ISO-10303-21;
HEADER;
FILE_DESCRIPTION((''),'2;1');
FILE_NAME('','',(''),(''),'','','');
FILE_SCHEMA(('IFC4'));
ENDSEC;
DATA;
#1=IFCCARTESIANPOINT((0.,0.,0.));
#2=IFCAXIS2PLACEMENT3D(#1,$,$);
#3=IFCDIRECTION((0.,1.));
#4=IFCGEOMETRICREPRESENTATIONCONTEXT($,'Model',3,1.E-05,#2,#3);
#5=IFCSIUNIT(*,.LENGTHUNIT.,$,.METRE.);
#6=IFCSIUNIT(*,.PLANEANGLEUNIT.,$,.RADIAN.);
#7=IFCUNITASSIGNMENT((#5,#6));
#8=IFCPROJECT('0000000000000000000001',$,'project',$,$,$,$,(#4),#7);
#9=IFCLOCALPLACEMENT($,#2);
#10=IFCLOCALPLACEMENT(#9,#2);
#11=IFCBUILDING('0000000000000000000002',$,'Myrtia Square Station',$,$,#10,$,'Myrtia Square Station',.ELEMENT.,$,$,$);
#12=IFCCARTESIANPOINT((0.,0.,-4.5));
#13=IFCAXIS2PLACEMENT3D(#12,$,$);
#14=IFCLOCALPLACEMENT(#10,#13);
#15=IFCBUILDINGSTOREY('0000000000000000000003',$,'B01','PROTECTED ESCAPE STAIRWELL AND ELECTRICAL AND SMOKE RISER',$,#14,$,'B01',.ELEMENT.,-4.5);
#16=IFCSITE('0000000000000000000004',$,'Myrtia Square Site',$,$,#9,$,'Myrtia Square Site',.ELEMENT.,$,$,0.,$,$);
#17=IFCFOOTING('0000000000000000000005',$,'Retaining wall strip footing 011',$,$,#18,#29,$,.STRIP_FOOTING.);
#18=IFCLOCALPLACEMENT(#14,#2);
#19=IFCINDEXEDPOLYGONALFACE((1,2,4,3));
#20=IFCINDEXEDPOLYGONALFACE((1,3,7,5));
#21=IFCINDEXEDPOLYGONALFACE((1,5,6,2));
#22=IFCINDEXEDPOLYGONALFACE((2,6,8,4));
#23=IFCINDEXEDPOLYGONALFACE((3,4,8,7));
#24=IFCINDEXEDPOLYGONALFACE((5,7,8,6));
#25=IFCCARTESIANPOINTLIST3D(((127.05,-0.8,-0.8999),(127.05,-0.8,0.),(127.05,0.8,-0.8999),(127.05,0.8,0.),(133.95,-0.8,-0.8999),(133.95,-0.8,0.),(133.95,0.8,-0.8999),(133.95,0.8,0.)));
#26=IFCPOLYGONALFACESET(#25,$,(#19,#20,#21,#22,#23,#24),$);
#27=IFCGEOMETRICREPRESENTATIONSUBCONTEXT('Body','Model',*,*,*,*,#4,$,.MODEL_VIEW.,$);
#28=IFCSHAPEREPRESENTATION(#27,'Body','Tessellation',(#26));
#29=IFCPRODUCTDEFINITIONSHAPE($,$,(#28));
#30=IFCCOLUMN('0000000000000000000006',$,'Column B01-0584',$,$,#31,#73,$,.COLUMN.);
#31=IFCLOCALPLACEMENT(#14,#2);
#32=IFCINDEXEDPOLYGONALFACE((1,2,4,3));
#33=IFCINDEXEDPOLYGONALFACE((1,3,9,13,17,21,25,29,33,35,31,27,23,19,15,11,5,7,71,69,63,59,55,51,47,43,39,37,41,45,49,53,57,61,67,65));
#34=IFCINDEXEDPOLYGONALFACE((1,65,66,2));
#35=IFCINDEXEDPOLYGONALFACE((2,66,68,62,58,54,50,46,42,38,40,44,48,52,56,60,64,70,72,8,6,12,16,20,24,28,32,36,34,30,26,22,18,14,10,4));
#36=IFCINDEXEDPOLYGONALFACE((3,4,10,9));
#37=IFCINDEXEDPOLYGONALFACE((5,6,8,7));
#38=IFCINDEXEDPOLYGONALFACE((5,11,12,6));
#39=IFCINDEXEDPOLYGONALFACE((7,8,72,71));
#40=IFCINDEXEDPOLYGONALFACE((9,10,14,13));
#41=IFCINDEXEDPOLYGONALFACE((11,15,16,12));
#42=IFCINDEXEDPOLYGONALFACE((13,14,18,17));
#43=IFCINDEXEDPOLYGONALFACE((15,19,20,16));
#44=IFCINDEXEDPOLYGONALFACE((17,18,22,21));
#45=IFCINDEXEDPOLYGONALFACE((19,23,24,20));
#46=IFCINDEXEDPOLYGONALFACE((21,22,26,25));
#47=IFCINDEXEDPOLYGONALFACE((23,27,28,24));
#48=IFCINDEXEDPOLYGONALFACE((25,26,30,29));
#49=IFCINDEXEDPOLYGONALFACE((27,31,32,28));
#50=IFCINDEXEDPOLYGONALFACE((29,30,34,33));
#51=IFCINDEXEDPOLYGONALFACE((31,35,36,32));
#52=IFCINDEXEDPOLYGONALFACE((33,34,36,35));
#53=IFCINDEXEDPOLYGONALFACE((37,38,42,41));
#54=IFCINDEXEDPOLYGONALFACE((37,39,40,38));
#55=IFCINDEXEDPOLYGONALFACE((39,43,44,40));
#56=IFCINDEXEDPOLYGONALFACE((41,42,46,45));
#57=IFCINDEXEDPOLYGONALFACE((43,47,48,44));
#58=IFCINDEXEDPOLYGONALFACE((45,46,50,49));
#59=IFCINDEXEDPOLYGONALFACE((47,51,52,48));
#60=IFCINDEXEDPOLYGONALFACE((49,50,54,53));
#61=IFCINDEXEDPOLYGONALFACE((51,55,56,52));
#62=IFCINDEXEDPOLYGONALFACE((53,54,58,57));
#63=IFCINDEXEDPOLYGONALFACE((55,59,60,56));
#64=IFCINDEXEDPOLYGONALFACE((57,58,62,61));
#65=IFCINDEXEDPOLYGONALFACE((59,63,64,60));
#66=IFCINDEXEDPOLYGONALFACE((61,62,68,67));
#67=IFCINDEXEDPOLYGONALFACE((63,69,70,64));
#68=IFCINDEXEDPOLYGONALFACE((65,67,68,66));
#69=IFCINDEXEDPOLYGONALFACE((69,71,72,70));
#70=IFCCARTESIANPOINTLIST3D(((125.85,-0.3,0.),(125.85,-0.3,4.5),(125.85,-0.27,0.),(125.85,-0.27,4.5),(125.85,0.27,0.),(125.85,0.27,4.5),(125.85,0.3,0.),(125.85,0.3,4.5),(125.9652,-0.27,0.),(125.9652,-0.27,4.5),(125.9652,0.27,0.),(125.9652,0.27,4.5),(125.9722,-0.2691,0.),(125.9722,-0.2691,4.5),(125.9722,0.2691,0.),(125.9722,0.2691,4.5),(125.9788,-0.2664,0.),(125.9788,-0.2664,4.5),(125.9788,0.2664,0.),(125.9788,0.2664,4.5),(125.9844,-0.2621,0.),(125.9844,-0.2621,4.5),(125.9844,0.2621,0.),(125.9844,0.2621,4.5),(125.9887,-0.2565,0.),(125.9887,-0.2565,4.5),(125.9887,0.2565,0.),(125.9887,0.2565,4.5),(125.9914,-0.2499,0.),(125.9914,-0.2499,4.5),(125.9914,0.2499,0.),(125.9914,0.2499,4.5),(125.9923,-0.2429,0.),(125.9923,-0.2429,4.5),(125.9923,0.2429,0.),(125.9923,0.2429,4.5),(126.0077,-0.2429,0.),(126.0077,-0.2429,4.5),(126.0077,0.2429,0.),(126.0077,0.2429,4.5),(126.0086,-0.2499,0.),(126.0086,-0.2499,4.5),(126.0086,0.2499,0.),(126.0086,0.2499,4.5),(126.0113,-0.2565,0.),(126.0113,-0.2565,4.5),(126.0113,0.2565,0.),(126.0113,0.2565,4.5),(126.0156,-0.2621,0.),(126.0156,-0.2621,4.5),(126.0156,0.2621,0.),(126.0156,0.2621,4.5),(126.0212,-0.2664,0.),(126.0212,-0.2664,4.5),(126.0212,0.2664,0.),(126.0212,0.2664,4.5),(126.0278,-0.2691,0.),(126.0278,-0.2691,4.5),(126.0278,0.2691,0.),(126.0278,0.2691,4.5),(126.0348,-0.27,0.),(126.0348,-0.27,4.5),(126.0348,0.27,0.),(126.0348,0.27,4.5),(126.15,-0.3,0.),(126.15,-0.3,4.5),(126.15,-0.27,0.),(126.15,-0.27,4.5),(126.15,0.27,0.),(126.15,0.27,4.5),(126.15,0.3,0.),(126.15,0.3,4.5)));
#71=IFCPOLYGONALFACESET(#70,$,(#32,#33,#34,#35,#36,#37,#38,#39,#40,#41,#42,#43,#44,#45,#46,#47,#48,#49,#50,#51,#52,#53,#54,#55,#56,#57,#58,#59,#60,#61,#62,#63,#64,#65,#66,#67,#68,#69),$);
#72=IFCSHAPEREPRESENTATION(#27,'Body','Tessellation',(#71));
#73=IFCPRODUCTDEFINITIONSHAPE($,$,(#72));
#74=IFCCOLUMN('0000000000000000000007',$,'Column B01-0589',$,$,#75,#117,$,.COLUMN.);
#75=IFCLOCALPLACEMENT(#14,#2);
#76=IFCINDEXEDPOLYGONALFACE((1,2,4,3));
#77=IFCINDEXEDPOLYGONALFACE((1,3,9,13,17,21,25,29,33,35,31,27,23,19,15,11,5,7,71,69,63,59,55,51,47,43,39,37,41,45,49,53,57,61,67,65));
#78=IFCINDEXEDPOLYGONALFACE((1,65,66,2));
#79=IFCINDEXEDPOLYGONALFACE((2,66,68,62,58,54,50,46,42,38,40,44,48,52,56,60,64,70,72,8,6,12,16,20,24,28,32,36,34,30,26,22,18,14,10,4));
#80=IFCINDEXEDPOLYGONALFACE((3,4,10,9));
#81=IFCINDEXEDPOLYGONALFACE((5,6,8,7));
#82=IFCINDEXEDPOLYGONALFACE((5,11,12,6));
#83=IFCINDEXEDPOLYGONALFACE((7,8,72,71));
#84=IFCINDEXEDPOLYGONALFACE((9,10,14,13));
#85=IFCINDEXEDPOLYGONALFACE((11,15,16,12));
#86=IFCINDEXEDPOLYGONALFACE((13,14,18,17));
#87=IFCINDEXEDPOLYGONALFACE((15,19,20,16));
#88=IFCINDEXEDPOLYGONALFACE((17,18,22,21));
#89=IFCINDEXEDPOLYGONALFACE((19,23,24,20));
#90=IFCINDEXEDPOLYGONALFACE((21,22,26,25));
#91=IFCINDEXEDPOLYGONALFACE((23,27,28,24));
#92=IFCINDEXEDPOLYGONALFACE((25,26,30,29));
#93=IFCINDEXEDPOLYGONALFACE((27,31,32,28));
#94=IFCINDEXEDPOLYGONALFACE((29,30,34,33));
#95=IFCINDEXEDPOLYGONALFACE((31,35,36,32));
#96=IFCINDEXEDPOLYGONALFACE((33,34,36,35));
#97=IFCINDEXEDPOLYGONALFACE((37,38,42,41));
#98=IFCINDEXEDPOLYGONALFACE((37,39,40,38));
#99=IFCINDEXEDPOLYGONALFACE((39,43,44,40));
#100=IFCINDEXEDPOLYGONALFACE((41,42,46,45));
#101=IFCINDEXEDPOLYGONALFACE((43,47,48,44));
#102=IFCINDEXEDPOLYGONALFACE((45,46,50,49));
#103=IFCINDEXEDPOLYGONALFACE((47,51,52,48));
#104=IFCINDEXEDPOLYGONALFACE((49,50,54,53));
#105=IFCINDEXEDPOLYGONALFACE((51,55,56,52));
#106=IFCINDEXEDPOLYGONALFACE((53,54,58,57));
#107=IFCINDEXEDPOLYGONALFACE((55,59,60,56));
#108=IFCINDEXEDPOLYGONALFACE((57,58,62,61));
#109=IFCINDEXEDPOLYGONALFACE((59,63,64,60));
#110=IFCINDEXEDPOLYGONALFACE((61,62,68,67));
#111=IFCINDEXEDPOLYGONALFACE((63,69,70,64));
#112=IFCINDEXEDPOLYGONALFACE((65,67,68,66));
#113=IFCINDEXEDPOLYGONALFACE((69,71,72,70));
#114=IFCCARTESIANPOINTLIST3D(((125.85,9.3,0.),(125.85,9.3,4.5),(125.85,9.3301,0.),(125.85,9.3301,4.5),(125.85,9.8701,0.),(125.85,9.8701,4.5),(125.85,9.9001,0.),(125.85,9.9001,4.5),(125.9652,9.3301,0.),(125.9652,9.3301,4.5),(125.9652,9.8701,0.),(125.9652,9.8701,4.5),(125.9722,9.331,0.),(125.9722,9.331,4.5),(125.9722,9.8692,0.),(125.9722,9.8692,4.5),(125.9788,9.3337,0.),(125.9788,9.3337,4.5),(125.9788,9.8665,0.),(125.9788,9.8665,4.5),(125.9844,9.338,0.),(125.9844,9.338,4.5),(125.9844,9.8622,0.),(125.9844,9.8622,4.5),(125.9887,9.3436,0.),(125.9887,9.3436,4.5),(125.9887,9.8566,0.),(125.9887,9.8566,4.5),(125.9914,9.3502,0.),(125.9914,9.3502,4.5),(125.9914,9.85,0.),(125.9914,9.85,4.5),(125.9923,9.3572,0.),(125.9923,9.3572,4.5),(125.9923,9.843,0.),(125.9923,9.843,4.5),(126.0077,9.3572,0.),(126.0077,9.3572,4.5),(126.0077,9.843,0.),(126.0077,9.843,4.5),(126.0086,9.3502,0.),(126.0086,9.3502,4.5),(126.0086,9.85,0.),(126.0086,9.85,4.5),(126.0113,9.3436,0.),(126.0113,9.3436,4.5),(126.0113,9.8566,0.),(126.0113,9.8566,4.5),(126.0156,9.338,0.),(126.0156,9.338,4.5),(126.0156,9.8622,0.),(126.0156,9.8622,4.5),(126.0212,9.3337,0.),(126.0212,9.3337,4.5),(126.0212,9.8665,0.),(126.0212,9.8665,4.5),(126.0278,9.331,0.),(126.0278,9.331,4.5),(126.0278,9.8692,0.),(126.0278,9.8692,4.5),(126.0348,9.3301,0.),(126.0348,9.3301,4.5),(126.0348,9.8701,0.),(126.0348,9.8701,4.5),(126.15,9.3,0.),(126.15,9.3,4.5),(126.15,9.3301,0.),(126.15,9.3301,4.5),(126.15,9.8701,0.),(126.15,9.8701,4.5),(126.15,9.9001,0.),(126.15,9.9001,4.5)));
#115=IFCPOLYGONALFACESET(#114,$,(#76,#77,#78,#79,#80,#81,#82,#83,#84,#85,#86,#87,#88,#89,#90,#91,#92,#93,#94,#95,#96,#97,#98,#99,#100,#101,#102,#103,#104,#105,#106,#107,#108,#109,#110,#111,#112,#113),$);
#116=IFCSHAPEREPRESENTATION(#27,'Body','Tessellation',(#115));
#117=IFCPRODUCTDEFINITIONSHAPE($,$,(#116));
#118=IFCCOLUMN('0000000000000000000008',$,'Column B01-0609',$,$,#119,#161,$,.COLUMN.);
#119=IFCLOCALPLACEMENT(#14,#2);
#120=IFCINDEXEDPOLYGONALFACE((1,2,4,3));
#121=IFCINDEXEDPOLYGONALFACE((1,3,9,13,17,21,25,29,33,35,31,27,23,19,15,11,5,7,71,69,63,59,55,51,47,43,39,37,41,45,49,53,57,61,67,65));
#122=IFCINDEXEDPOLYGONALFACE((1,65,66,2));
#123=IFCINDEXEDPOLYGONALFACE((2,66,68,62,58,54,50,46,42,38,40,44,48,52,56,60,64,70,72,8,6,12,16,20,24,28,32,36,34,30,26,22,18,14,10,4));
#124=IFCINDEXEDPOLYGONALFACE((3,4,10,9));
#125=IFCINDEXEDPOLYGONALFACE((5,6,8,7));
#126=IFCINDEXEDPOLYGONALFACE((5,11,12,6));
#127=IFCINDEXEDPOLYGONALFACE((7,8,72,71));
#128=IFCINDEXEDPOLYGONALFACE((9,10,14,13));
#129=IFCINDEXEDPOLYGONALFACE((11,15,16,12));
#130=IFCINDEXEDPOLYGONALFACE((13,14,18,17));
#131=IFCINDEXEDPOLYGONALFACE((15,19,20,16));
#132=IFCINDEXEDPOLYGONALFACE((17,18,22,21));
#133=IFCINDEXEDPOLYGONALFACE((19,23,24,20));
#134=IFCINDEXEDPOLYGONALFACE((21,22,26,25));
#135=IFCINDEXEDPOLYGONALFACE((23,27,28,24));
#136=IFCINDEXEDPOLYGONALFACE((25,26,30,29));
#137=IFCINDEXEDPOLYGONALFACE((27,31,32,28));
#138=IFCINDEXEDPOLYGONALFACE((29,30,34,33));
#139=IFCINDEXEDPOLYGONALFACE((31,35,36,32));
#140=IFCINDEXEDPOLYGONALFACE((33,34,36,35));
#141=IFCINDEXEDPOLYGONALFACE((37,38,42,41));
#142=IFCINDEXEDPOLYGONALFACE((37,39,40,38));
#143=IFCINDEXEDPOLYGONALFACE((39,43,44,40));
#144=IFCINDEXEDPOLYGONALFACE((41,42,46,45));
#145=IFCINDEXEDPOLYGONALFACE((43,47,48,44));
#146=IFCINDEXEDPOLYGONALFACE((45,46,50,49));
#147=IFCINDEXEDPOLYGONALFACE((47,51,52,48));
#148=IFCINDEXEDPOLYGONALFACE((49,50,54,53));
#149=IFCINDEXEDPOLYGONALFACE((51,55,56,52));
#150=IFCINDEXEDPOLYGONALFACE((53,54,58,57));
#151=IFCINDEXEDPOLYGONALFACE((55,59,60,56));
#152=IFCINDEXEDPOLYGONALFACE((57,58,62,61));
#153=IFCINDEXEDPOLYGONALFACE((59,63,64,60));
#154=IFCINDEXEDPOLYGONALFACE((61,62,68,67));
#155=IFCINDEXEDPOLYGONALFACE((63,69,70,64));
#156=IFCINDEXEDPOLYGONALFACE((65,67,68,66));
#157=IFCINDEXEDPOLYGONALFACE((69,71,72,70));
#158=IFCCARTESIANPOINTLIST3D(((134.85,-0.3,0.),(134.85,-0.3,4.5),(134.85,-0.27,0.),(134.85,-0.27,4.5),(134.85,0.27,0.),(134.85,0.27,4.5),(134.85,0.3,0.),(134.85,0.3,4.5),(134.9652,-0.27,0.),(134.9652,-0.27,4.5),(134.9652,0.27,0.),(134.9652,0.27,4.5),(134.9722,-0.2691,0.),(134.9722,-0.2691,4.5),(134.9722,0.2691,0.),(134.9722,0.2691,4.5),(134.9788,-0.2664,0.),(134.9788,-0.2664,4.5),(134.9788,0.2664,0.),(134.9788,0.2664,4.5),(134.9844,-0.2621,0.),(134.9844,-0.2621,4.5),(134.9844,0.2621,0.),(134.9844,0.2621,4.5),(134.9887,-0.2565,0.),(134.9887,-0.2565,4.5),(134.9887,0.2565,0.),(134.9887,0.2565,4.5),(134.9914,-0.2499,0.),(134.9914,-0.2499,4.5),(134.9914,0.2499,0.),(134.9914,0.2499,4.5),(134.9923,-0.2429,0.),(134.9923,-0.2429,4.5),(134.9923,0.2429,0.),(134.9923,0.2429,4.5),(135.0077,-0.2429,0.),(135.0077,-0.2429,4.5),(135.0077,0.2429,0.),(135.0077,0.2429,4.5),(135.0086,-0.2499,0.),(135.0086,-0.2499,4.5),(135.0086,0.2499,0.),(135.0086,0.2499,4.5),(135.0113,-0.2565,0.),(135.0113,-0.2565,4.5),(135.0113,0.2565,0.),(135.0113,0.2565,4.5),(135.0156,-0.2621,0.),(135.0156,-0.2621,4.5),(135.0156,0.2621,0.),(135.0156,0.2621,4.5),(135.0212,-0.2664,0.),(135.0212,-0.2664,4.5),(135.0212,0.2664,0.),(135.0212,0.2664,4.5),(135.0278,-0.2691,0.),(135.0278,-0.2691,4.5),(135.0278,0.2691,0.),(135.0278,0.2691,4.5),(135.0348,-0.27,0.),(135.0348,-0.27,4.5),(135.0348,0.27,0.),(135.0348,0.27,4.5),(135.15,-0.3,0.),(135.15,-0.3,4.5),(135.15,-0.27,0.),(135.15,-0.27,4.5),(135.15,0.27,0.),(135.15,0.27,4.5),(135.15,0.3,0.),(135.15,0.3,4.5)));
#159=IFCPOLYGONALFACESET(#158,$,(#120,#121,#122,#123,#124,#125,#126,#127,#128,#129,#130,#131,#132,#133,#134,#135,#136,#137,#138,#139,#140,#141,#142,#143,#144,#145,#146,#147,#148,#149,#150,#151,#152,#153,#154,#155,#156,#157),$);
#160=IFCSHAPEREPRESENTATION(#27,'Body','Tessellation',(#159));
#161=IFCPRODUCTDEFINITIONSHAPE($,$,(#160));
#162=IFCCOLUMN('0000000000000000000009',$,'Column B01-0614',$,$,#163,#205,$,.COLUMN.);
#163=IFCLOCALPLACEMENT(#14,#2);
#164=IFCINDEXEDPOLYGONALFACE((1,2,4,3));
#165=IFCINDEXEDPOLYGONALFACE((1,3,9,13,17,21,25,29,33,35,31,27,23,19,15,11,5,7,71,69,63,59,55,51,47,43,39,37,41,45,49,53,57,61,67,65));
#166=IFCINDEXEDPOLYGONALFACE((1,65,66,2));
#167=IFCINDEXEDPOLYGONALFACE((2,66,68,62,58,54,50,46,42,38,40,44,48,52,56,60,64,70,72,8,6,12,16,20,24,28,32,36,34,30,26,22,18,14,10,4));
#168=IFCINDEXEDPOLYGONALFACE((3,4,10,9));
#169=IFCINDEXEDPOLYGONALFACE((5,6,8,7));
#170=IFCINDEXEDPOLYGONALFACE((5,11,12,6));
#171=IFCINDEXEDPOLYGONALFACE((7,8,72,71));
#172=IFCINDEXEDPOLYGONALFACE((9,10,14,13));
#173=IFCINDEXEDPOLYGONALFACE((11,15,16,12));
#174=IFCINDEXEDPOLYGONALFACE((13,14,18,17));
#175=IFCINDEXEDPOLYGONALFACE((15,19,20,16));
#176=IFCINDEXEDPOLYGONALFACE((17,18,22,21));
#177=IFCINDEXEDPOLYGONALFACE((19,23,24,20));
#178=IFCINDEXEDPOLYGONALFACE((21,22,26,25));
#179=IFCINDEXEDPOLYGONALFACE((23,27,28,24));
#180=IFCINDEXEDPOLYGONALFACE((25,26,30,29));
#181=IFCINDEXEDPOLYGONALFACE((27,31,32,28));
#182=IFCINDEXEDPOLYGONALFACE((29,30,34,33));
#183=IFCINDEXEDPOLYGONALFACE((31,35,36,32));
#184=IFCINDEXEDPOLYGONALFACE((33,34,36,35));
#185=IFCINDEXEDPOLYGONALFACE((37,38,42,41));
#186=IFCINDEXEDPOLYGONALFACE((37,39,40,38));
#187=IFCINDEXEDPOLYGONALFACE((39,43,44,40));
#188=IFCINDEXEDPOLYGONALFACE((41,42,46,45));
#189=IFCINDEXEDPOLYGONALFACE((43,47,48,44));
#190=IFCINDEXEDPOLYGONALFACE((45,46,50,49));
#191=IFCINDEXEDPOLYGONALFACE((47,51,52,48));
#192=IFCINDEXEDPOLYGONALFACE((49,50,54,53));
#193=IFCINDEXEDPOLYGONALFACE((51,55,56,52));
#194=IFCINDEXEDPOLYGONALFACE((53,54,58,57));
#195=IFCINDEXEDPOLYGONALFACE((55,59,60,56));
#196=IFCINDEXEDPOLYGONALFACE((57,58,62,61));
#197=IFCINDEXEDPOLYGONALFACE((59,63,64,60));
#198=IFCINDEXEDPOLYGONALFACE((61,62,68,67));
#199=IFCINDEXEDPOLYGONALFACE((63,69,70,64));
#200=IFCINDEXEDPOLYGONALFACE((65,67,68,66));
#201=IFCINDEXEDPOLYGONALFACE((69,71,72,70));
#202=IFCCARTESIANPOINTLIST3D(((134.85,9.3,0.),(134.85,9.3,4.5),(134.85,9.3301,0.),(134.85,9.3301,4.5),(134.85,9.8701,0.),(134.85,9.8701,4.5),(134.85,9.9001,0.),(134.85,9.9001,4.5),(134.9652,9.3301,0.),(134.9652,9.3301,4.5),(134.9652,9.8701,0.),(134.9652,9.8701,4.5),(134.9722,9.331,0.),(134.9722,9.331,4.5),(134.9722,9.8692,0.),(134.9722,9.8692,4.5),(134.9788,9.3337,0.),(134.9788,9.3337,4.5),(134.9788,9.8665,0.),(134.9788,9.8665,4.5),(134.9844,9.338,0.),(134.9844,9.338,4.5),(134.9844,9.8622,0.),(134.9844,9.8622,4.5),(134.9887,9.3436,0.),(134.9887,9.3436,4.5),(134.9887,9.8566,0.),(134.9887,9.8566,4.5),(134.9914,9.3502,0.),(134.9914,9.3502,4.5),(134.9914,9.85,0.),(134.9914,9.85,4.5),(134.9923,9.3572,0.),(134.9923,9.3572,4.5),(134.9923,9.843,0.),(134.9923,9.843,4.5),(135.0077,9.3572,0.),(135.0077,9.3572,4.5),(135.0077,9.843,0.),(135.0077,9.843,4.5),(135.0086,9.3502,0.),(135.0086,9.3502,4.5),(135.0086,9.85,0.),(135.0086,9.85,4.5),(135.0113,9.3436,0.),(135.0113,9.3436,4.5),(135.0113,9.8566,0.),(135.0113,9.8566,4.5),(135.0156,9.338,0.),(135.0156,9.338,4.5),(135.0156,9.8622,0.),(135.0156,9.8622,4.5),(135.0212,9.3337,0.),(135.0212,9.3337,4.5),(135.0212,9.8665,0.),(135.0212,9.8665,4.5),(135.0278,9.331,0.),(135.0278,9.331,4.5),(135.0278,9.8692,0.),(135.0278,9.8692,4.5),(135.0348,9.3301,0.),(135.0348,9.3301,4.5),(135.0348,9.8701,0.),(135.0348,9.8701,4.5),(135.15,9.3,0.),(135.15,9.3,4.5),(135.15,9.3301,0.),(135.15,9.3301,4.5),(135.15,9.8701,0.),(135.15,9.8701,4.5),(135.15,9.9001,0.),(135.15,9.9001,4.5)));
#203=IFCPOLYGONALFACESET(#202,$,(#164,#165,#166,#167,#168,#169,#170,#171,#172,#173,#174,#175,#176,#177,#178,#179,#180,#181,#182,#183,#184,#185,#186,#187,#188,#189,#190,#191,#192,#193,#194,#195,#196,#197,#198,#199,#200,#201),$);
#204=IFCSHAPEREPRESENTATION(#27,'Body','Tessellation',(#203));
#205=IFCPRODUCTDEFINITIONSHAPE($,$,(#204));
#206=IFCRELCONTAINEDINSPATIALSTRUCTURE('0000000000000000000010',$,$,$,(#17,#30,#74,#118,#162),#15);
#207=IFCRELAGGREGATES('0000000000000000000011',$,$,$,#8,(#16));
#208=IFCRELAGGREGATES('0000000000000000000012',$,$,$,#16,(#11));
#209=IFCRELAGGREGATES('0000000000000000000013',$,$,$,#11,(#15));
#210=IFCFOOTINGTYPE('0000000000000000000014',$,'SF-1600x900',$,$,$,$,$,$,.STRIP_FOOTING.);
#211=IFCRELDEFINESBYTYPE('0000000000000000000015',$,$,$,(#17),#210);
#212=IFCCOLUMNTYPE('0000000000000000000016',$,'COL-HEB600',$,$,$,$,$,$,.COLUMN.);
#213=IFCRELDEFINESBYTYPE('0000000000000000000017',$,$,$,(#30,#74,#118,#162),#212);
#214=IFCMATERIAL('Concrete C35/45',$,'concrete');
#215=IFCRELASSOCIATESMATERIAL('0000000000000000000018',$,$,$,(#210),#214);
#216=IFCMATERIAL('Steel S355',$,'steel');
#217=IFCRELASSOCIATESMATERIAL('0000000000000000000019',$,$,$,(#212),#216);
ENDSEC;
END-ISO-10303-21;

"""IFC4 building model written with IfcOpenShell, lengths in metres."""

from ifc_helpers import new_model, si_unit, direction, frame, origin, origin_2d, place, context, subcontext, project, spatial, rectangle, i_section, extrude, material, material_profile, profile_set, type_object, element, save


model = new_model("IFC4")

# Units and contexts
model_context = context("Model", 3, precision=1e-05, world=origin(), true_north=direction((0.0, 1.0)))
body_context = subcontext(model_context, "Body", "Model", "MODEL_VIEW")
ifc_project = project(units=[si_unit("LENGTHUNIT", "METRE"), si_unit("PLANEANGLEUNIT", "RADIAN")], contexts=[model_context])

# Site, building, storey
site_placement = place(None, origin())
site = spatial("IfcSite", under=ifc_project, at=site_placement, Name="Myrtia Square Site", LongName="Myrtia Square Site", CompositionType="ELEMENT", RefElevation=0.0)
building_placement = place(site_placement, origin())
building = spatial("IfcBuilding", under=site, at=building_placement, Name="Myrtia Square Station", LongName="Myrtia Square Station", CompositionType="ELEMENT")
storey_placement = place(building_placement, frame((0.0, 0.0, -4.5)))
storey = spatial("IfcBuildingStorey", under=building, at=storey_placement, Name="B01", Description="PROTECTED ESCAPE STAIRWELL AND ELECTRICAL AND SMOKE RISER", LongName="B01", CompositionType="ELEMENT", Elevation=-4.5)

# Shared definitions
ifc_material_1 = material(Name="Concrete C35/45", Category="concrete")

# Footing
footing_type_1 = type_object("IfcFootingType", Name="SF-1600x900", PredefinedType="STRIP_FOOTING", material=ifc_material_1)
footing_1_placement = place(storey_placement, frame((130.5, 0.0, -0.8999), z_axis=(0.0, 0.0, 1.0), x_axis=(1.0, 0.0, 0.0)))
element("IfcFooting", 1, at=footing_1_placement, inside=storey, type_object=footing_type_1, Name="Retaining wall strip footing 011", PredefinedType="STRIP_FOOTING", context=body_context, shape_type="SweptSolid", body=[
    extrude(rectangle(XDim=6.8999, YDim=1.6001, at=origin_2d()), origin(), (0.0, 0.0, 1.0), 0.8999),
])

# Columns
ifc_material_2 = material(Name="Steel S355", Category="steel")
ifc_material_profile_1 = material_profile(ifc_material_2, i_section(OverallWidth=0.3, OverallDepth=0.6001, WebThickness=0.0154, FlangeThickness=0.03, FilletRadius=0.0271, at=origin_2d()), Name="HEB 600")
ifc_profile_set_1 = profile_set([ifc_material_profile_1], Name="Steel S355")
column_type = type_object("IfcColumnType", Name="COL-HEB600", PredefinedType="COLUMN", material=ifc_profile_set_1)
for number, where, z_axis, x_axis, name in (
    (2, (126.0, 0.0, 0.0), (0.0, 0.0, 1.0), (1.0, 0.0, 0.0), "Column B01-0584"),
    (3, (126.0, 9.6001, 0.0), (0.0, 0.0, 1.0), (1.0, 0.0, 0.0), "Column B01-0589"),
    (4, (135.0, 0.0, 0.0), (0.0, 0.0, 1.0), (1.0, 0.0, 0.0), "Column B01-0609"),
    (5, (135.0, 9.6001, 0.0), (0.0, 0.0, 1.0), (1.0, 0.0, 0.0), "Column B01-0614"),
):
    element("IfcColumn", number, at=place(storey_placement, frame(where, z_axis=z_axis, x_axis=x_axis)), inside=storey, type_object=column_type, Name=name, PredefinedType="COLUMN", context=body_context, shape_type="SweptSolid", body=[
        extrude(i_section(OverallWidth=0.3, OverallDepth=0.6001, WebThickness=0.0154, FlangeThickness=0.03, FilletRadius=0.0271, at=origin_2d()), origin(), (0.0, 0.0, 1.0), 4.5),
    ])

save(model, "model.ifc")
